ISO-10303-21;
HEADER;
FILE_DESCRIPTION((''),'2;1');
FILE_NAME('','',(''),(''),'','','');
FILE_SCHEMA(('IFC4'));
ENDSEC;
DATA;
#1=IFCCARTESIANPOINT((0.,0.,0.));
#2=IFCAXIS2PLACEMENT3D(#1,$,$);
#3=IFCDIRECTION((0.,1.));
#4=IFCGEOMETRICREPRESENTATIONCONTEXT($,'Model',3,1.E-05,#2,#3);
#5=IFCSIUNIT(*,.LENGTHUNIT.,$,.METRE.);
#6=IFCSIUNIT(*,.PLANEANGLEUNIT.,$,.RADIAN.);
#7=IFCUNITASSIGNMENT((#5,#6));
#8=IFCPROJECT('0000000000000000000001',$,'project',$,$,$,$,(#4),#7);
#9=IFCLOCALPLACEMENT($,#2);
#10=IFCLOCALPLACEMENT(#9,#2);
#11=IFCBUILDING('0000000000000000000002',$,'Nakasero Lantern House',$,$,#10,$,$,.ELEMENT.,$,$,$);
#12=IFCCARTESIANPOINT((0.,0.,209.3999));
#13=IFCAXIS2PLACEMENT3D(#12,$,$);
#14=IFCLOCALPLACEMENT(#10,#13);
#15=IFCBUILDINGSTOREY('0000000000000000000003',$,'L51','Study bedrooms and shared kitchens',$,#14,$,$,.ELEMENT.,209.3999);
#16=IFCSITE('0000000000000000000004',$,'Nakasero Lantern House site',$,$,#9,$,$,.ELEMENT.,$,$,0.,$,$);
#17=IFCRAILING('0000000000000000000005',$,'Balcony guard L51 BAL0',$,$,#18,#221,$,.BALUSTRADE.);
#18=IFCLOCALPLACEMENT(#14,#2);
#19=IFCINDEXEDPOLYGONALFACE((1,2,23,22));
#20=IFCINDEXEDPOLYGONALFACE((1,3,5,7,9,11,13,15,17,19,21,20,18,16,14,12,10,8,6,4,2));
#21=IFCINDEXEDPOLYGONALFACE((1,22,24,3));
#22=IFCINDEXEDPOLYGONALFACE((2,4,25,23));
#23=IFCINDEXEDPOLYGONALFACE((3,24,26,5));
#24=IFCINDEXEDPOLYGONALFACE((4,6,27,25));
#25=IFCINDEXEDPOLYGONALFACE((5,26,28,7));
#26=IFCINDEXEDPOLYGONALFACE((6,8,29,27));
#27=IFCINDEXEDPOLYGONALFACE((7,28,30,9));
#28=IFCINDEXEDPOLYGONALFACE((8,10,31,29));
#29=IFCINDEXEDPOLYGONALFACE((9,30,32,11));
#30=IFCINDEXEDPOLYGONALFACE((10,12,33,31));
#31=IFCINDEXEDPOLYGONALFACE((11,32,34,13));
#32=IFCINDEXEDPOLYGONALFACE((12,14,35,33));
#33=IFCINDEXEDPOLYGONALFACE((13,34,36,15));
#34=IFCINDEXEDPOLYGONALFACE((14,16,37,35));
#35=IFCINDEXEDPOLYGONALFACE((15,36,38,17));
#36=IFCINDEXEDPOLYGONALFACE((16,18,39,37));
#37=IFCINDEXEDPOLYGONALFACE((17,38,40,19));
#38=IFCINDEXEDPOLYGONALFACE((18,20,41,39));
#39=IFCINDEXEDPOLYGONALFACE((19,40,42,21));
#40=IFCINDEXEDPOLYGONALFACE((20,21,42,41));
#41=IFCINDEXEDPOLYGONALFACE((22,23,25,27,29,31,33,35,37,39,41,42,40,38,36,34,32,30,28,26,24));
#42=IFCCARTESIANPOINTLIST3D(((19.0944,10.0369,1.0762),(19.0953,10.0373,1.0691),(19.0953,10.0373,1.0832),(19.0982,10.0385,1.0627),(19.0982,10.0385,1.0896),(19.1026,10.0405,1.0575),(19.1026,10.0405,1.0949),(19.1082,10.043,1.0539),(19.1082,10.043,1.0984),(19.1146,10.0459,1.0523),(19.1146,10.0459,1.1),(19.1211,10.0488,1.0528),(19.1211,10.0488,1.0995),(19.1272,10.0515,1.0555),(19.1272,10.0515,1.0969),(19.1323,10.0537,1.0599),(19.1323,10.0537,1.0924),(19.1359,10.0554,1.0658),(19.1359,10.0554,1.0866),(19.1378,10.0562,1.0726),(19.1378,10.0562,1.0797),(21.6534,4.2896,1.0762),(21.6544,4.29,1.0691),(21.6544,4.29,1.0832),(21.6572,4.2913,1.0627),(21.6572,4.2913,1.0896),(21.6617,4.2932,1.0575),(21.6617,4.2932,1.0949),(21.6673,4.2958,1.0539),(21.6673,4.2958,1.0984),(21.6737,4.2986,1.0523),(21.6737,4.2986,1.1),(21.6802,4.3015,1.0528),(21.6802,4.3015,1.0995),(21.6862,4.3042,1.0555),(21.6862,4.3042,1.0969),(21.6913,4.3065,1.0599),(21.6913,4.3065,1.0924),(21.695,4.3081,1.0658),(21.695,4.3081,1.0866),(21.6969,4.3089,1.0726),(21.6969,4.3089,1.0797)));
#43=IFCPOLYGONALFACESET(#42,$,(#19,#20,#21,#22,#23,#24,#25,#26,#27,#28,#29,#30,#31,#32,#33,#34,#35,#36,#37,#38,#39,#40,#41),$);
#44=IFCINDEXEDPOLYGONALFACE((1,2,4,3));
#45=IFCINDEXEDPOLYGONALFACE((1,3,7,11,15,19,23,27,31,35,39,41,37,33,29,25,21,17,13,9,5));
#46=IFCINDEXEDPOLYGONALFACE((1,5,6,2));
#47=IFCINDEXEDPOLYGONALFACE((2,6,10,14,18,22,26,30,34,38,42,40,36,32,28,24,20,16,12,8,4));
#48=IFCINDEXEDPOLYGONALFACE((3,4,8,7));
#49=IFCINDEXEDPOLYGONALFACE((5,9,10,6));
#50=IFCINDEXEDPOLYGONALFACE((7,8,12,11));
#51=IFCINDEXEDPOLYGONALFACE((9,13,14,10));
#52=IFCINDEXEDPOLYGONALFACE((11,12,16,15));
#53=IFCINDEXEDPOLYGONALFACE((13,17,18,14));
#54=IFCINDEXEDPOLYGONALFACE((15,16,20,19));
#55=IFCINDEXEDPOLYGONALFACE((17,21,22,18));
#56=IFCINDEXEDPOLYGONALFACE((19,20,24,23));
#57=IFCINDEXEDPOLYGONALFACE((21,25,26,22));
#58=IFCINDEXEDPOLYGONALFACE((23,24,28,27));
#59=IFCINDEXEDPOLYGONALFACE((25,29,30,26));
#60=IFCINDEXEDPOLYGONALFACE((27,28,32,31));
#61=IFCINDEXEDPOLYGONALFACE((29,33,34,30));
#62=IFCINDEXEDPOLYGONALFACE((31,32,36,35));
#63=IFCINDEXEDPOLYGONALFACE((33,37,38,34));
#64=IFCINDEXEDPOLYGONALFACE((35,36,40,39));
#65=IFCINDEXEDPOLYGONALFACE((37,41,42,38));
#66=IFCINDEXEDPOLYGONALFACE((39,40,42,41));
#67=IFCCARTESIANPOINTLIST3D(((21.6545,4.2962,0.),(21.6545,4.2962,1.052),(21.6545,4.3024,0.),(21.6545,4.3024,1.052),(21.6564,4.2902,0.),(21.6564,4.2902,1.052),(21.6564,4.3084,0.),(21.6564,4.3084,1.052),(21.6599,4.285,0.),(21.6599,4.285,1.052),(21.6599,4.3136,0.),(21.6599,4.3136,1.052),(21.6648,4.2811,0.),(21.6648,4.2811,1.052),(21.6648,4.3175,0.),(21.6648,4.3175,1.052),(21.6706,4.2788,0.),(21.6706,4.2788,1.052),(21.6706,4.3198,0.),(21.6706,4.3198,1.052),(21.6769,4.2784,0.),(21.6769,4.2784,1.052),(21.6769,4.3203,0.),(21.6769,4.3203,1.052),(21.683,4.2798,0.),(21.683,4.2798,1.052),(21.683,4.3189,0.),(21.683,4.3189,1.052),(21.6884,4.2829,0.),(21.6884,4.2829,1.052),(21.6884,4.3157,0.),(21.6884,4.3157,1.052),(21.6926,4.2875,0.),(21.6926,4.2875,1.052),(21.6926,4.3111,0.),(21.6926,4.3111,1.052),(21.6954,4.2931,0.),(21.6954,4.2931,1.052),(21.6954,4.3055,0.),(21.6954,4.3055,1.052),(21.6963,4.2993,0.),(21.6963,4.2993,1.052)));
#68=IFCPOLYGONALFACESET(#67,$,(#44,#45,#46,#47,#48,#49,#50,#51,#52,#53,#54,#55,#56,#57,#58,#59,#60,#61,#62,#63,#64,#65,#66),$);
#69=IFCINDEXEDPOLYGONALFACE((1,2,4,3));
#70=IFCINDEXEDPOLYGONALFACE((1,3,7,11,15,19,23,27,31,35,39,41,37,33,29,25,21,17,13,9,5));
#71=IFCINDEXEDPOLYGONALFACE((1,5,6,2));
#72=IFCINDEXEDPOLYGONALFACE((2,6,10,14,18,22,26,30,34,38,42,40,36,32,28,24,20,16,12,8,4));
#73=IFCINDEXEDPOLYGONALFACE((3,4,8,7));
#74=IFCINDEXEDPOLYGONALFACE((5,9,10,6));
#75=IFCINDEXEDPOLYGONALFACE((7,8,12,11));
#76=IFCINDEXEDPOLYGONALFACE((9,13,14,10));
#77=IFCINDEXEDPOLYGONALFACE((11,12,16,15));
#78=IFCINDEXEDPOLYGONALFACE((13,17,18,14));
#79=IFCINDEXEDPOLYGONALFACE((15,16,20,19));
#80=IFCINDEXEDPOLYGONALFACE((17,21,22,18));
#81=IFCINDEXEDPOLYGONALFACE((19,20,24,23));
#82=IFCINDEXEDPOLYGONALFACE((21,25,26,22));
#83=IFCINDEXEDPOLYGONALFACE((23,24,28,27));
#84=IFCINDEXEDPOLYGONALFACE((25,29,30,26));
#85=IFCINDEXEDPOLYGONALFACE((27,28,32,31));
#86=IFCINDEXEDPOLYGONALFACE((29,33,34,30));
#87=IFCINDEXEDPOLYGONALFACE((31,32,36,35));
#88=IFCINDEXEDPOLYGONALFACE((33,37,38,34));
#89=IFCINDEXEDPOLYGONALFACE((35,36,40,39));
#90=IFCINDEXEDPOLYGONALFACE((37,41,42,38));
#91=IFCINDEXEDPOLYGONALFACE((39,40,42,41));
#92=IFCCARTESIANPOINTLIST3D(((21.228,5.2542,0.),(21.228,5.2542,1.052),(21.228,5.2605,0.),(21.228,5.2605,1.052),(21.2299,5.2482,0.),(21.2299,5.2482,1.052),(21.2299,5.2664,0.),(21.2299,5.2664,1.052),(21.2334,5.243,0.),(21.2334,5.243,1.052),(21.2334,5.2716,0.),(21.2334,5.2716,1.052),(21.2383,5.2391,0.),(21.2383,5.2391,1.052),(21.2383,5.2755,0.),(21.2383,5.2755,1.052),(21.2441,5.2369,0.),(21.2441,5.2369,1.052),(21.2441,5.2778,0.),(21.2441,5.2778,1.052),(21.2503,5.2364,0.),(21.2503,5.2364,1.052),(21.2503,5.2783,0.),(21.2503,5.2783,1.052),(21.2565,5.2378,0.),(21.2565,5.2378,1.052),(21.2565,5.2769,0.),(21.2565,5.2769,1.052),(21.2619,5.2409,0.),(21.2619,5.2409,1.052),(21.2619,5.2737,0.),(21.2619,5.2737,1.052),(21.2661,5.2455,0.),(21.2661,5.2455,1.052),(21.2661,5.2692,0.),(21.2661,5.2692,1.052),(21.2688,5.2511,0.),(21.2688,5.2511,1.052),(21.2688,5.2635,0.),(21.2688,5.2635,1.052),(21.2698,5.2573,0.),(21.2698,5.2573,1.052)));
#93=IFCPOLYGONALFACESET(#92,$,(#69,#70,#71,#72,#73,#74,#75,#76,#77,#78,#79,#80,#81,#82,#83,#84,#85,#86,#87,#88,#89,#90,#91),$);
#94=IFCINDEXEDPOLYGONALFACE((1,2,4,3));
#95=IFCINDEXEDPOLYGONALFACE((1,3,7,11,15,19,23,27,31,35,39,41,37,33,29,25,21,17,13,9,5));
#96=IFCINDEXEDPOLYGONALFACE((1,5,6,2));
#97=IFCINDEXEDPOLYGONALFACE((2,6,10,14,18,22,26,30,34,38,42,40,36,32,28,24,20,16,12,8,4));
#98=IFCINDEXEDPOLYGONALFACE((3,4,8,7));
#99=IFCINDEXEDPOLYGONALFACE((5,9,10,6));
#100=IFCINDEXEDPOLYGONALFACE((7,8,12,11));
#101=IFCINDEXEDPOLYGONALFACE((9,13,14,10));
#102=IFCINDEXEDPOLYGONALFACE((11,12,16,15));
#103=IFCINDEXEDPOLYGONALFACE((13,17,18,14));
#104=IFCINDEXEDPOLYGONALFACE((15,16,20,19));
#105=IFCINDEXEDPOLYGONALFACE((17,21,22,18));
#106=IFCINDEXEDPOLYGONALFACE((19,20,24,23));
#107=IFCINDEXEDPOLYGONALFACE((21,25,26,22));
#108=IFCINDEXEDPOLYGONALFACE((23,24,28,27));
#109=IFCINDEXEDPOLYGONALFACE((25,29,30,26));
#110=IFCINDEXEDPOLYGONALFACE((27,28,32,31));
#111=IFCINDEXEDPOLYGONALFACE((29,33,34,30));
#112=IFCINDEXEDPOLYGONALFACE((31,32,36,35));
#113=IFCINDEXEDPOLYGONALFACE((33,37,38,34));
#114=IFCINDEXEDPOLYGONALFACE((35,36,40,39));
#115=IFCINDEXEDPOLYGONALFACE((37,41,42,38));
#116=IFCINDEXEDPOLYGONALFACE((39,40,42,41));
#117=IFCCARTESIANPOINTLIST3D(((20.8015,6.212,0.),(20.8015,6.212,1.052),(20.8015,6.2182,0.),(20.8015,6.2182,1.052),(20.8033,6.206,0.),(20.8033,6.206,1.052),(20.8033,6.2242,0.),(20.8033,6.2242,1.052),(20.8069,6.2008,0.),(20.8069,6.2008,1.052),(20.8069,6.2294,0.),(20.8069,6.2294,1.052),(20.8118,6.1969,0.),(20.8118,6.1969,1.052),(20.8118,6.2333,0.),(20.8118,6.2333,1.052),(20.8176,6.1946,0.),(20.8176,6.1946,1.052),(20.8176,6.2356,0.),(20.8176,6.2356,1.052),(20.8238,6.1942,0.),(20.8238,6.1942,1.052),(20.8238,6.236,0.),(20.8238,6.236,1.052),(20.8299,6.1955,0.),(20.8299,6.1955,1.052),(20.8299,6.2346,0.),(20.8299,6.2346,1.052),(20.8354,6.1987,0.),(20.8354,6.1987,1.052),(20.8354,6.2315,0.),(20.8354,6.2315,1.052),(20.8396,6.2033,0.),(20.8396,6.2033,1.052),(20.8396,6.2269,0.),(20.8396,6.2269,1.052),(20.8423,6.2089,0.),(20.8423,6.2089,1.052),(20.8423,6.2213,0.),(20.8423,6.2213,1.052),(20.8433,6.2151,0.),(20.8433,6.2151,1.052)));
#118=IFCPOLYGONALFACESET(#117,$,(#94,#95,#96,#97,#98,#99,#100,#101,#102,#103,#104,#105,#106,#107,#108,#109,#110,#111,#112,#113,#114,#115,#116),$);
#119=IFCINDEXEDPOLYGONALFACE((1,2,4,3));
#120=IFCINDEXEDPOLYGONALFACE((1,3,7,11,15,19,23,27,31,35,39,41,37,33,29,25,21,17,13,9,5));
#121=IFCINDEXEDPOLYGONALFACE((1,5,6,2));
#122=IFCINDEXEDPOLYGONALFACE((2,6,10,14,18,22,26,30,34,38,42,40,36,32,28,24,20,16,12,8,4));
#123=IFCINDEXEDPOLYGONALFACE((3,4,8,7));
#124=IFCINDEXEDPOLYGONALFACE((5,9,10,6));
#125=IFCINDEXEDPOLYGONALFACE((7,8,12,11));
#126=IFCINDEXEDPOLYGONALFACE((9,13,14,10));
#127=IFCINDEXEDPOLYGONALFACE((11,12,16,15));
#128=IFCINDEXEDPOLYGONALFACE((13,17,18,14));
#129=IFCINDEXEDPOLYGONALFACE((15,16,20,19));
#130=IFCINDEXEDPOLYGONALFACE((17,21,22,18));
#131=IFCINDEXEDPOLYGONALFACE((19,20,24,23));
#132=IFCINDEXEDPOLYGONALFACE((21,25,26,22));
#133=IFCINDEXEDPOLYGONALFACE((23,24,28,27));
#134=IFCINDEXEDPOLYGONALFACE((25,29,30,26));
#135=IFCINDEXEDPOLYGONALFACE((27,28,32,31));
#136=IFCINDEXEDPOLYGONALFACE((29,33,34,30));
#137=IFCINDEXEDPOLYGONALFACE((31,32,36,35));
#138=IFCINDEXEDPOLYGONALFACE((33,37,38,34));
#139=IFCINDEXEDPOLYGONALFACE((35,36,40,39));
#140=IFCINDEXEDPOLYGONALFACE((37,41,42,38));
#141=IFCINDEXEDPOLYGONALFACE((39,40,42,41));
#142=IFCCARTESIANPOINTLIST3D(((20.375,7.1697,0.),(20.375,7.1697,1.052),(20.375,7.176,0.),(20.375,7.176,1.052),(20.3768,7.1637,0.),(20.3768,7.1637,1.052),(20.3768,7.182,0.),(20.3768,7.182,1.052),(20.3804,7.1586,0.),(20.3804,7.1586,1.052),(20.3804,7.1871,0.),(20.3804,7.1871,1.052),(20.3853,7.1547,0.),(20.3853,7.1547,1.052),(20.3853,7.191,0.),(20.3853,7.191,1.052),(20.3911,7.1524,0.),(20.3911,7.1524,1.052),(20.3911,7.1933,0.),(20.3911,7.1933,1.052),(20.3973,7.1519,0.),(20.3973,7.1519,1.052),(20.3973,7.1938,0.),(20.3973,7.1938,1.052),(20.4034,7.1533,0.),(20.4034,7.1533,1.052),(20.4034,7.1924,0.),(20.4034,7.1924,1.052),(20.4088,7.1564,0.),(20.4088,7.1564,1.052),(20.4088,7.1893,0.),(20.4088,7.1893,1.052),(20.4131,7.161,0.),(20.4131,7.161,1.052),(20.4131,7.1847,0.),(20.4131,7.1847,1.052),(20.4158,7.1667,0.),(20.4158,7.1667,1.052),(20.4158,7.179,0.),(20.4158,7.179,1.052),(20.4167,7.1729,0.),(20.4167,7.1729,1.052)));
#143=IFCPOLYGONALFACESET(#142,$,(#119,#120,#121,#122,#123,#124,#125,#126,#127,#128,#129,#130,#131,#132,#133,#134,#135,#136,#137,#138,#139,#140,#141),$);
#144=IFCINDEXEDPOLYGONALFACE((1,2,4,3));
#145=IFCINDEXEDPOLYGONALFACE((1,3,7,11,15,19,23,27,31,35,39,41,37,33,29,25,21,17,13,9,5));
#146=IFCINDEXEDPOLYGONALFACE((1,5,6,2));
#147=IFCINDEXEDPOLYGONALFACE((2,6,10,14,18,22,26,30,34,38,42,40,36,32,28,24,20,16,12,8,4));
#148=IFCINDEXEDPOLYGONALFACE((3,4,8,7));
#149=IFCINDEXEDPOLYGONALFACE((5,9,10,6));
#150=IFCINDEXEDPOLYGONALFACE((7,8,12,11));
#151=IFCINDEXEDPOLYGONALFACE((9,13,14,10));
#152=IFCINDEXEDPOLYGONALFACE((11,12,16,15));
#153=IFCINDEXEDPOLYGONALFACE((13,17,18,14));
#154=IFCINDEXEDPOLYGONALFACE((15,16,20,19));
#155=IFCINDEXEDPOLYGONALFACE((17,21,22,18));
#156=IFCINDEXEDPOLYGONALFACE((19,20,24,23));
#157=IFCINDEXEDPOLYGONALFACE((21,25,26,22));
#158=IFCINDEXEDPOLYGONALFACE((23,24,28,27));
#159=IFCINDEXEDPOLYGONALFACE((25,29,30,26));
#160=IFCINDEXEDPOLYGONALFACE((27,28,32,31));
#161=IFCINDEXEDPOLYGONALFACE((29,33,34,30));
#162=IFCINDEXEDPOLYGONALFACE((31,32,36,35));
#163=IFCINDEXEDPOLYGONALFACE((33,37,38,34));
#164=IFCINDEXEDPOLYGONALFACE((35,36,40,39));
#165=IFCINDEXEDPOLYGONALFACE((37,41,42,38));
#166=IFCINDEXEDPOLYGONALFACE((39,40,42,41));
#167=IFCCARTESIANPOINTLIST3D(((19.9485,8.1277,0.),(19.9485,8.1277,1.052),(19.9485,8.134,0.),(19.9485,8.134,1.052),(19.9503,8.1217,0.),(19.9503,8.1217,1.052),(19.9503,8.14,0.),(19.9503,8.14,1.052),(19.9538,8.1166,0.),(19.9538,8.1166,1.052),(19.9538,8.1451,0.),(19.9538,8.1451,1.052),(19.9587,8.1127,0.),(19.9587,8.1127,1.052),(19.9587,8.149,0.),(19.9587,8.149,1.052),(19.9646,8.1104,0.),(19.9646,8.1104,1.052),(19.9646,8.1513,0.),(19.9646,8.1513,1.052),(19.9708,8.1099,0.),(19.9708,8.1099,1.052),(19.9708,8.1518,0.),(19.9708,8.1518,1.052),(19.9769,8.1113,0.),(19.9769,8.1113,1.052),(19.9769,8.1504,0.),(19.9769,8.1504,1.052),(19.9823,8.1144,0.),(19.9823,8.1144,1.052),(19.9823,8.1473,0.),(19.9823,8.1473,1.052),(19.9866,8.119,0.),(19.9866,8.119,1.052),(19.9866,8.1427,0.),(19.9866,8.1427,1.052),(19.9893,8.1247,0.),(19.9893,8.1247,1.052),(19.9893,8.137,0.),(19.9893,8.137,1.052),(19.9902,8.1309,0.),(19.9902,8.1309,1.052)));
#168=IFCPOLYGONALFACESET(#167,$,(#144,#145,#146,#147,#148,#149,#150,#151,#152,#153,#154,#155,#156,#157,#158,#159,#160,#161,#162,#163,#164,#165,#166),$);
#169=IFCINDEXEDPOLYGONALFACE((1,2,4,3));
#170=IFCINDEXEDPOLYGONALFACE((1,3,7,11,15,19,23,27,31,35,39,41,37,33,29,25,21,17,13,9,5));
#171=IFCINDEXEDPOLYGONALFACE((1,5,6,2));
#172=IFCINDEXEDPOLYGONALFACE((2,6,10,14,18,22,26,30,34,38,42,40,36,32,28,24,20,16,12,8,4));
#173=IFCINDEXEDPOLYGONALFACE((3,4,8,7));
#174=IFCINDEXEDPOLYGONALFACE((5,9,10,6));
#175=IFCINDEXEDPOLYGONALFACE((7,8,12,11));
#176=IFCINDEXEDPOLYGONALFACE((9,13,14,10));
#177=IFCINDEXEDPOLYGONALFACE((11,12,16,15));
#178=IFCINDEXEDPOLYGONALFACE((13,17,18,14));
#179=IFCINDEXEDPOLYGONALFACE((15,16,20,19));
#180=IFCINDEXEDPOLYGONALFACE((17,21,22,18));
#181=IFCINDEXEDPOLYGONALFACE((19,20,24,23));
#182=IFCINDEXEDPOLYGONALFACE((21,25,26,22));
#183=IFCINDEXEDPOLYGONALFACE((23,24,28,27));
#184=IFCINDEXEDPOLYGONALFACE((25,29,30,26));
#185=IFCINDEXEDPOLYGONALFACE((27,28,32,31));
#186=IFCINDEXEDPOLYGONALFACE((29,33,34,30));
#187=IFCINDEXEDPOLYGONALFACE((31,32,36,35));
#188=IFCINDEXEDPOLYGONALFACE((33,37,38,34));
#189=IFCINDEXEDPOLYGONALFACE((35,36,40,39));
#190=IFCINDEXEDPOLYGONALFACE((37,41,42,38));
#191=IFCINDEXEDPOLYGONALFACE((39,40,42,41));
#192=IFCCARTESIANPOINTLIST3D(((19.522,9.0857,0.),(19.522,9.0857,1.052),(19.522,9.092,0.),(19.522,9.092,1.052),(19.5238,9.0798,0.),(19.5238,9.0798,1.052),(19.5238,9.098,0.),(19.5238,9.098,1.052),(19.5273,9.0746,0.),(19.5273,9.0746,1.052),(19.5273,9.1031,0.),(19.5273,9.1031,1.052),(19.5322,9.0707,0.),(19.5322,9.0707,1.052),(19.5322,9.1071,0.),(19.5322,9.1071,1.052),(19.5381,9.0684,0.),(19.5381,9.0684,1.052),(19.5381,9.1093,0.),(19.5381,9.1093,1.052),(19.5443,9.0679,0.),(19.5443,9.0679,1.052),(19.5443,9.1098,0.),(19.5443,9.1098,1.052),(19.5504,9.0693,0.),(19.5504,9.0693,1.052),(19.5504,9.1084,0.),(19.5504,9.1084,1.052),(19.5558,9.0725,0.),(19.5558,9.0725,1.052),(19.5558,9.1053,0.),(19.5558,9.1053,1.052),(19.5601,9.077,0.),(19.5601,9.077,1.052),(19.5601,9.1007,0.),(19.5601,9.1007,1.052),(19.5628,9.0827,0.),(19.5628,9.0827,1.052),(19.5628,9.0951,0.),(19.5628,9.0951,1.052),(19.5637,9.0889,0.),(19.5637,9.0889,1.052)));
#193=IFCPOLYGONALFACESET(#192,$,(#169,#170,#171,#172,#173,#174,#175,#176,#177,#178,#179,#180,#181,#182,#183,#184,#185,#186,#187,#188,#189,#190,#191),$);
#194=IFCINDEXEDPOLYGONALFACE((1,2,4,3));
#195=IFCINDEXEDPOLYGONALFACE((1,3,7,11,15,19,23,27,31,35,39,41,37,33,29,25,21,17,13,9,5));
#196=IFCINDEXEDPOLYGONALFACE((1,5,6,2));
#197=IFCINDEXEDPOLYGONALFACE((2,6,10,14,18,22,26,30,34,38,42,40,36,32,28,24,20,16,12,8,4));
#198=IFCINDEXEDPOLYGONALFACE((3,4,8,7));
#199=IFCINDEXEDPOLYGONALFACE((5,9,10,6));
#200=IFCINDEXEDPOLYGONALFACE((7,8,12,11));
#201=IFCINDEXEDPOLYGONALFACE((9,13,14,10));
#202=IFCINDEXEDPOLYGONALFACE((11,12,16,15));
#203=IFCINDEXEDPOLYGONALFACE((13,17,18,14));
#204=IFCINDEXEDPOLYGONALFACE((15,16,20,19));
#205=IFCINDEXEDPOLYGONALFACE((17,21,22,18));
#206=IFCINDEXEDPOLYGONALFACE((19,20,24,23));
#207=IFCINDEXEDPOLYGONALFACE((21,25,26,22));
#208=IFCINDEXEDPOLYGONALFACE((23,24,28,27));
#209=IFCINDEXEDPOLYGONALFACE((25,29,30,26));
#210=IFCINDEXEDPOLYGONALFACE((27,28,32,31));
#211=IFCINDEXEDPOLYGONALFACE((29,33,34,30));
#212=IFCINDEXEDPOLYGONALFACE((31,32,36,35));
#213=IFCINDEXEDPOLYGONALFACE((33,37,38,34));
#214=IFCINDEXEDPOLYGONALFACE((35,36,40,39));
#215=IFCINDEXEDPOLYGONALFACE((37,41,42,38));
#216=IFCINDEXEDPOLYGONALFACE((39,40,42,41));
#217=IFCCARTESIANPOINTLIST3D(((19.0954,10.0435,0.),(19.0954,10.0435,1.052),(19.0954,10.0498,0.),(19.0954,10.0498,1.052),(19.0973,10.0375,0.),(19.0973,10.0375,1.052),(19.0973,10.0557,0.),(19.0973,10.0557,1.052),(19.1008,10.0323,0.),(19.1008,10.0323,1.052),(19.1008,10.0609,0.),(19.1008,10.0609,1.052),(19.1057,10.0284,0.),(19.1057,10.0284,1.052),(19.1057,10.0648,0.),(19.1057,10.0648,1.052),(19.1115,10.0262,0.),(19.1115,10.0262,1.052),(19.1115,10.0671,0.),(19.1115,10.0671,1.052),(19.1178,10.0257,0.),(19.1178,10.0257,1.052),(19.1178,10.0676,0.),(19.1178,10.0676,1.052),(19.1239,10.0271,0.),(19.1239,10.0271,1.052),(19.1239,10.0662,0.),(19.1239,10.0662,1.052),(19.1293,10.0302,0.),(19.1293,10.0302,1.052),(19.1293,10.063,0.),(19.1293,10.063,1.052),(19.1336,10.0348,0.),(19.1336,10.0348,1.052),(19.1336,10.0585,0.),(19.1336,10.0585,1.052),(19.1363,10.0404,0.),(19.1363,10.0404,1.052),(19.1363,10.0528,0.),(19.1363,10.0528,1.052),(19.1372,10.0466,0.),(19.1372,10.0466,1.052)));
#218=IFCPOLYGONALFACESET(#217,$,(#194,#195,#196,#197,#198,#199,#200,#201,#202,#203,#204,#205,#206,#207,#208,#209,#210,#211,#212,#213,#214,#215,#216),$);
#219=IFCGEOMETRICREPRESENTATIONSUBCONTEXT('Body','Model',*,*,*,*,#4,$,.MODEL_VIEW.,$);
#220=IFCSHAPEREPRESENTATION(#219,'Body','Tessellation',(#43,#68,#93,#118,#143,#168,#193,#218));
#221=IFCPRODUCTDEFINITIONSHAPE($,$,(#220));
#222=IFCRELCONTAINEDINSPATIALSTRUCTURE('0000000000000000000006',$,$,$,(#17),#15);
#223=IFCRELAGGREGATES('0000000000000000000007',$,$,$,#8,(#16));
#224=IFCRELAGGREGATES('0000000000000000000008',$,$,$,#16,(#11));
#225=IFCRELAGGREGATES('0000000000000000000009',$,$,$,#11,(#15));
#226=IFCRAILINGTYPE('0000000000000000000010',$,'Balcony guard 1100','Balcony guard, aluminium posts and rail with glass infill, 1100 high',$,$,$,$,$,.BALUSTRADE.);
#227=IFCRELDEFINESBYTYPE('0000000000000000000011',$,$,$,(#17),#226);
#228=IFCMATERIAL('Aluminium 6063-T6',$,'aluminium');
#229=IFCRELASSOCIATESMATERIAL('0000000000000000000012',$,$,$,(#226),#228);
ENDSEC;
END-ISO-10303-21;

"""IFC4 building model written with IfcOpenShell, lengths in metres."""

from ifc_helpers import new_model, si_unit, direction, frame, origin, origin_2d, place, context, subcontext, project, spatial, circle, extrude, material, type_object, element, save


model = new_model("IFC4")

# Units and contexts
model_context = context("Model", 3, precision=1e-05, world=origin(), true_north=direction((0.0, 1.0)))
body_context = subcontext(model_context, "Body", "Model", "MODEL_VIEW")
ifc_project = project(units=[si_unit("LENGTHUNIT", "METRE"), si_unit("PLANEANGLEUNIT", "RADIAN")], contexts=[model_context])

# Site, building, storey
site_placement = place(None, origin())
site = spatial("IfcSite", under=ifc_project, at=site_placement, Name="Nakasero Lantern House site", CompositionType="ELEMENT", RefElevation=0.0)
building_placement = place(site_placement, origin())
building = spatial("IfcBuilding", under=site, at=building_placement, Name="Nakasero Lantern House", CompositionType="ELEMENT")
storey_placement = place(building_placement, frame((0.0, 0.0, 209.3999)))
storey = spatial("IfcBuildingStorey", under=building, at=storey_placement, Name="L51", Description="Study bedrooms and shared kitchens", CompositionType="ELEMENT", Elevation=209.3999)

# Railing
ifc_material_1 = material(Name="Aluminium 6063-T6", Category="aluminium")
railing_type = type_object("IfcRailingType", Name="Balcony guard 1100", Description="Balcony guard, aluminium posts and rail with glass infill, 1100 high", PredefinedType="BALUSTRADE", material=ifc_material_1)
railing_placement = place(storey_placement, frame((21.6753, 4.2993, 0.0)))
element("IfcRailing", 1, at=railing_placement, inside=storey, type_object=railing_type, Name="Balcony guard L51 BAL0", PredefinedType="BALUSTRADE", context=body_context, shape_type="SweptSolid", body=[
    extrude(circle(Radius=0.0239, at=origin_2d()), frame((0.0, 0.0, 1.0762), z_axis=(-0.406765, 0.913533, 0.0), x_axis=(-0.913533, -0.406765, 0.0)), (0.0, 0.0, 1.0), 6.2913),
    extrude(circle(Radius=0.021, at=origin_2d()), origin(), (0.0, 0.0, 1.0), 1.052),
    extrude(circle(Radius=0.021, at=origin_2d()), frame((-0.4265, 0.958, 0.0)), (0.0, 0.0, 1.0), 1.052),
    extrude(circle(Radius=0.021, at=origin_2d()), frame((-0.853, 1.9158, 0.0)), (0.0, 0.0, 1.0), 1.052),
    extrude(circle(Radius=0.021, at=origin_2d()), frame((-1.2795, 2.8735, 0.0)), (0.0, 0.0, 1.0), 1.052),
    extrude(circle(Radius=0.021, at=origin_2d()), frame((-1.7061, 3.8315, 0.0)), (0.0, 0.0, 1.0), 1.052),
    extrude(circle(Radius=0.021, at=origin_2d()), frame((-2.1326, 4.7896, 0.0)), (0.0, 0.0, 1.0), 1.052),
    extrude(circle(Radius=0.021, at=origin_2d()), frame((-2.5591, 5.7473, 0.0)), (0.0, 0.0, 1.0), 1.052),
])

save(model, "model.ifc")
